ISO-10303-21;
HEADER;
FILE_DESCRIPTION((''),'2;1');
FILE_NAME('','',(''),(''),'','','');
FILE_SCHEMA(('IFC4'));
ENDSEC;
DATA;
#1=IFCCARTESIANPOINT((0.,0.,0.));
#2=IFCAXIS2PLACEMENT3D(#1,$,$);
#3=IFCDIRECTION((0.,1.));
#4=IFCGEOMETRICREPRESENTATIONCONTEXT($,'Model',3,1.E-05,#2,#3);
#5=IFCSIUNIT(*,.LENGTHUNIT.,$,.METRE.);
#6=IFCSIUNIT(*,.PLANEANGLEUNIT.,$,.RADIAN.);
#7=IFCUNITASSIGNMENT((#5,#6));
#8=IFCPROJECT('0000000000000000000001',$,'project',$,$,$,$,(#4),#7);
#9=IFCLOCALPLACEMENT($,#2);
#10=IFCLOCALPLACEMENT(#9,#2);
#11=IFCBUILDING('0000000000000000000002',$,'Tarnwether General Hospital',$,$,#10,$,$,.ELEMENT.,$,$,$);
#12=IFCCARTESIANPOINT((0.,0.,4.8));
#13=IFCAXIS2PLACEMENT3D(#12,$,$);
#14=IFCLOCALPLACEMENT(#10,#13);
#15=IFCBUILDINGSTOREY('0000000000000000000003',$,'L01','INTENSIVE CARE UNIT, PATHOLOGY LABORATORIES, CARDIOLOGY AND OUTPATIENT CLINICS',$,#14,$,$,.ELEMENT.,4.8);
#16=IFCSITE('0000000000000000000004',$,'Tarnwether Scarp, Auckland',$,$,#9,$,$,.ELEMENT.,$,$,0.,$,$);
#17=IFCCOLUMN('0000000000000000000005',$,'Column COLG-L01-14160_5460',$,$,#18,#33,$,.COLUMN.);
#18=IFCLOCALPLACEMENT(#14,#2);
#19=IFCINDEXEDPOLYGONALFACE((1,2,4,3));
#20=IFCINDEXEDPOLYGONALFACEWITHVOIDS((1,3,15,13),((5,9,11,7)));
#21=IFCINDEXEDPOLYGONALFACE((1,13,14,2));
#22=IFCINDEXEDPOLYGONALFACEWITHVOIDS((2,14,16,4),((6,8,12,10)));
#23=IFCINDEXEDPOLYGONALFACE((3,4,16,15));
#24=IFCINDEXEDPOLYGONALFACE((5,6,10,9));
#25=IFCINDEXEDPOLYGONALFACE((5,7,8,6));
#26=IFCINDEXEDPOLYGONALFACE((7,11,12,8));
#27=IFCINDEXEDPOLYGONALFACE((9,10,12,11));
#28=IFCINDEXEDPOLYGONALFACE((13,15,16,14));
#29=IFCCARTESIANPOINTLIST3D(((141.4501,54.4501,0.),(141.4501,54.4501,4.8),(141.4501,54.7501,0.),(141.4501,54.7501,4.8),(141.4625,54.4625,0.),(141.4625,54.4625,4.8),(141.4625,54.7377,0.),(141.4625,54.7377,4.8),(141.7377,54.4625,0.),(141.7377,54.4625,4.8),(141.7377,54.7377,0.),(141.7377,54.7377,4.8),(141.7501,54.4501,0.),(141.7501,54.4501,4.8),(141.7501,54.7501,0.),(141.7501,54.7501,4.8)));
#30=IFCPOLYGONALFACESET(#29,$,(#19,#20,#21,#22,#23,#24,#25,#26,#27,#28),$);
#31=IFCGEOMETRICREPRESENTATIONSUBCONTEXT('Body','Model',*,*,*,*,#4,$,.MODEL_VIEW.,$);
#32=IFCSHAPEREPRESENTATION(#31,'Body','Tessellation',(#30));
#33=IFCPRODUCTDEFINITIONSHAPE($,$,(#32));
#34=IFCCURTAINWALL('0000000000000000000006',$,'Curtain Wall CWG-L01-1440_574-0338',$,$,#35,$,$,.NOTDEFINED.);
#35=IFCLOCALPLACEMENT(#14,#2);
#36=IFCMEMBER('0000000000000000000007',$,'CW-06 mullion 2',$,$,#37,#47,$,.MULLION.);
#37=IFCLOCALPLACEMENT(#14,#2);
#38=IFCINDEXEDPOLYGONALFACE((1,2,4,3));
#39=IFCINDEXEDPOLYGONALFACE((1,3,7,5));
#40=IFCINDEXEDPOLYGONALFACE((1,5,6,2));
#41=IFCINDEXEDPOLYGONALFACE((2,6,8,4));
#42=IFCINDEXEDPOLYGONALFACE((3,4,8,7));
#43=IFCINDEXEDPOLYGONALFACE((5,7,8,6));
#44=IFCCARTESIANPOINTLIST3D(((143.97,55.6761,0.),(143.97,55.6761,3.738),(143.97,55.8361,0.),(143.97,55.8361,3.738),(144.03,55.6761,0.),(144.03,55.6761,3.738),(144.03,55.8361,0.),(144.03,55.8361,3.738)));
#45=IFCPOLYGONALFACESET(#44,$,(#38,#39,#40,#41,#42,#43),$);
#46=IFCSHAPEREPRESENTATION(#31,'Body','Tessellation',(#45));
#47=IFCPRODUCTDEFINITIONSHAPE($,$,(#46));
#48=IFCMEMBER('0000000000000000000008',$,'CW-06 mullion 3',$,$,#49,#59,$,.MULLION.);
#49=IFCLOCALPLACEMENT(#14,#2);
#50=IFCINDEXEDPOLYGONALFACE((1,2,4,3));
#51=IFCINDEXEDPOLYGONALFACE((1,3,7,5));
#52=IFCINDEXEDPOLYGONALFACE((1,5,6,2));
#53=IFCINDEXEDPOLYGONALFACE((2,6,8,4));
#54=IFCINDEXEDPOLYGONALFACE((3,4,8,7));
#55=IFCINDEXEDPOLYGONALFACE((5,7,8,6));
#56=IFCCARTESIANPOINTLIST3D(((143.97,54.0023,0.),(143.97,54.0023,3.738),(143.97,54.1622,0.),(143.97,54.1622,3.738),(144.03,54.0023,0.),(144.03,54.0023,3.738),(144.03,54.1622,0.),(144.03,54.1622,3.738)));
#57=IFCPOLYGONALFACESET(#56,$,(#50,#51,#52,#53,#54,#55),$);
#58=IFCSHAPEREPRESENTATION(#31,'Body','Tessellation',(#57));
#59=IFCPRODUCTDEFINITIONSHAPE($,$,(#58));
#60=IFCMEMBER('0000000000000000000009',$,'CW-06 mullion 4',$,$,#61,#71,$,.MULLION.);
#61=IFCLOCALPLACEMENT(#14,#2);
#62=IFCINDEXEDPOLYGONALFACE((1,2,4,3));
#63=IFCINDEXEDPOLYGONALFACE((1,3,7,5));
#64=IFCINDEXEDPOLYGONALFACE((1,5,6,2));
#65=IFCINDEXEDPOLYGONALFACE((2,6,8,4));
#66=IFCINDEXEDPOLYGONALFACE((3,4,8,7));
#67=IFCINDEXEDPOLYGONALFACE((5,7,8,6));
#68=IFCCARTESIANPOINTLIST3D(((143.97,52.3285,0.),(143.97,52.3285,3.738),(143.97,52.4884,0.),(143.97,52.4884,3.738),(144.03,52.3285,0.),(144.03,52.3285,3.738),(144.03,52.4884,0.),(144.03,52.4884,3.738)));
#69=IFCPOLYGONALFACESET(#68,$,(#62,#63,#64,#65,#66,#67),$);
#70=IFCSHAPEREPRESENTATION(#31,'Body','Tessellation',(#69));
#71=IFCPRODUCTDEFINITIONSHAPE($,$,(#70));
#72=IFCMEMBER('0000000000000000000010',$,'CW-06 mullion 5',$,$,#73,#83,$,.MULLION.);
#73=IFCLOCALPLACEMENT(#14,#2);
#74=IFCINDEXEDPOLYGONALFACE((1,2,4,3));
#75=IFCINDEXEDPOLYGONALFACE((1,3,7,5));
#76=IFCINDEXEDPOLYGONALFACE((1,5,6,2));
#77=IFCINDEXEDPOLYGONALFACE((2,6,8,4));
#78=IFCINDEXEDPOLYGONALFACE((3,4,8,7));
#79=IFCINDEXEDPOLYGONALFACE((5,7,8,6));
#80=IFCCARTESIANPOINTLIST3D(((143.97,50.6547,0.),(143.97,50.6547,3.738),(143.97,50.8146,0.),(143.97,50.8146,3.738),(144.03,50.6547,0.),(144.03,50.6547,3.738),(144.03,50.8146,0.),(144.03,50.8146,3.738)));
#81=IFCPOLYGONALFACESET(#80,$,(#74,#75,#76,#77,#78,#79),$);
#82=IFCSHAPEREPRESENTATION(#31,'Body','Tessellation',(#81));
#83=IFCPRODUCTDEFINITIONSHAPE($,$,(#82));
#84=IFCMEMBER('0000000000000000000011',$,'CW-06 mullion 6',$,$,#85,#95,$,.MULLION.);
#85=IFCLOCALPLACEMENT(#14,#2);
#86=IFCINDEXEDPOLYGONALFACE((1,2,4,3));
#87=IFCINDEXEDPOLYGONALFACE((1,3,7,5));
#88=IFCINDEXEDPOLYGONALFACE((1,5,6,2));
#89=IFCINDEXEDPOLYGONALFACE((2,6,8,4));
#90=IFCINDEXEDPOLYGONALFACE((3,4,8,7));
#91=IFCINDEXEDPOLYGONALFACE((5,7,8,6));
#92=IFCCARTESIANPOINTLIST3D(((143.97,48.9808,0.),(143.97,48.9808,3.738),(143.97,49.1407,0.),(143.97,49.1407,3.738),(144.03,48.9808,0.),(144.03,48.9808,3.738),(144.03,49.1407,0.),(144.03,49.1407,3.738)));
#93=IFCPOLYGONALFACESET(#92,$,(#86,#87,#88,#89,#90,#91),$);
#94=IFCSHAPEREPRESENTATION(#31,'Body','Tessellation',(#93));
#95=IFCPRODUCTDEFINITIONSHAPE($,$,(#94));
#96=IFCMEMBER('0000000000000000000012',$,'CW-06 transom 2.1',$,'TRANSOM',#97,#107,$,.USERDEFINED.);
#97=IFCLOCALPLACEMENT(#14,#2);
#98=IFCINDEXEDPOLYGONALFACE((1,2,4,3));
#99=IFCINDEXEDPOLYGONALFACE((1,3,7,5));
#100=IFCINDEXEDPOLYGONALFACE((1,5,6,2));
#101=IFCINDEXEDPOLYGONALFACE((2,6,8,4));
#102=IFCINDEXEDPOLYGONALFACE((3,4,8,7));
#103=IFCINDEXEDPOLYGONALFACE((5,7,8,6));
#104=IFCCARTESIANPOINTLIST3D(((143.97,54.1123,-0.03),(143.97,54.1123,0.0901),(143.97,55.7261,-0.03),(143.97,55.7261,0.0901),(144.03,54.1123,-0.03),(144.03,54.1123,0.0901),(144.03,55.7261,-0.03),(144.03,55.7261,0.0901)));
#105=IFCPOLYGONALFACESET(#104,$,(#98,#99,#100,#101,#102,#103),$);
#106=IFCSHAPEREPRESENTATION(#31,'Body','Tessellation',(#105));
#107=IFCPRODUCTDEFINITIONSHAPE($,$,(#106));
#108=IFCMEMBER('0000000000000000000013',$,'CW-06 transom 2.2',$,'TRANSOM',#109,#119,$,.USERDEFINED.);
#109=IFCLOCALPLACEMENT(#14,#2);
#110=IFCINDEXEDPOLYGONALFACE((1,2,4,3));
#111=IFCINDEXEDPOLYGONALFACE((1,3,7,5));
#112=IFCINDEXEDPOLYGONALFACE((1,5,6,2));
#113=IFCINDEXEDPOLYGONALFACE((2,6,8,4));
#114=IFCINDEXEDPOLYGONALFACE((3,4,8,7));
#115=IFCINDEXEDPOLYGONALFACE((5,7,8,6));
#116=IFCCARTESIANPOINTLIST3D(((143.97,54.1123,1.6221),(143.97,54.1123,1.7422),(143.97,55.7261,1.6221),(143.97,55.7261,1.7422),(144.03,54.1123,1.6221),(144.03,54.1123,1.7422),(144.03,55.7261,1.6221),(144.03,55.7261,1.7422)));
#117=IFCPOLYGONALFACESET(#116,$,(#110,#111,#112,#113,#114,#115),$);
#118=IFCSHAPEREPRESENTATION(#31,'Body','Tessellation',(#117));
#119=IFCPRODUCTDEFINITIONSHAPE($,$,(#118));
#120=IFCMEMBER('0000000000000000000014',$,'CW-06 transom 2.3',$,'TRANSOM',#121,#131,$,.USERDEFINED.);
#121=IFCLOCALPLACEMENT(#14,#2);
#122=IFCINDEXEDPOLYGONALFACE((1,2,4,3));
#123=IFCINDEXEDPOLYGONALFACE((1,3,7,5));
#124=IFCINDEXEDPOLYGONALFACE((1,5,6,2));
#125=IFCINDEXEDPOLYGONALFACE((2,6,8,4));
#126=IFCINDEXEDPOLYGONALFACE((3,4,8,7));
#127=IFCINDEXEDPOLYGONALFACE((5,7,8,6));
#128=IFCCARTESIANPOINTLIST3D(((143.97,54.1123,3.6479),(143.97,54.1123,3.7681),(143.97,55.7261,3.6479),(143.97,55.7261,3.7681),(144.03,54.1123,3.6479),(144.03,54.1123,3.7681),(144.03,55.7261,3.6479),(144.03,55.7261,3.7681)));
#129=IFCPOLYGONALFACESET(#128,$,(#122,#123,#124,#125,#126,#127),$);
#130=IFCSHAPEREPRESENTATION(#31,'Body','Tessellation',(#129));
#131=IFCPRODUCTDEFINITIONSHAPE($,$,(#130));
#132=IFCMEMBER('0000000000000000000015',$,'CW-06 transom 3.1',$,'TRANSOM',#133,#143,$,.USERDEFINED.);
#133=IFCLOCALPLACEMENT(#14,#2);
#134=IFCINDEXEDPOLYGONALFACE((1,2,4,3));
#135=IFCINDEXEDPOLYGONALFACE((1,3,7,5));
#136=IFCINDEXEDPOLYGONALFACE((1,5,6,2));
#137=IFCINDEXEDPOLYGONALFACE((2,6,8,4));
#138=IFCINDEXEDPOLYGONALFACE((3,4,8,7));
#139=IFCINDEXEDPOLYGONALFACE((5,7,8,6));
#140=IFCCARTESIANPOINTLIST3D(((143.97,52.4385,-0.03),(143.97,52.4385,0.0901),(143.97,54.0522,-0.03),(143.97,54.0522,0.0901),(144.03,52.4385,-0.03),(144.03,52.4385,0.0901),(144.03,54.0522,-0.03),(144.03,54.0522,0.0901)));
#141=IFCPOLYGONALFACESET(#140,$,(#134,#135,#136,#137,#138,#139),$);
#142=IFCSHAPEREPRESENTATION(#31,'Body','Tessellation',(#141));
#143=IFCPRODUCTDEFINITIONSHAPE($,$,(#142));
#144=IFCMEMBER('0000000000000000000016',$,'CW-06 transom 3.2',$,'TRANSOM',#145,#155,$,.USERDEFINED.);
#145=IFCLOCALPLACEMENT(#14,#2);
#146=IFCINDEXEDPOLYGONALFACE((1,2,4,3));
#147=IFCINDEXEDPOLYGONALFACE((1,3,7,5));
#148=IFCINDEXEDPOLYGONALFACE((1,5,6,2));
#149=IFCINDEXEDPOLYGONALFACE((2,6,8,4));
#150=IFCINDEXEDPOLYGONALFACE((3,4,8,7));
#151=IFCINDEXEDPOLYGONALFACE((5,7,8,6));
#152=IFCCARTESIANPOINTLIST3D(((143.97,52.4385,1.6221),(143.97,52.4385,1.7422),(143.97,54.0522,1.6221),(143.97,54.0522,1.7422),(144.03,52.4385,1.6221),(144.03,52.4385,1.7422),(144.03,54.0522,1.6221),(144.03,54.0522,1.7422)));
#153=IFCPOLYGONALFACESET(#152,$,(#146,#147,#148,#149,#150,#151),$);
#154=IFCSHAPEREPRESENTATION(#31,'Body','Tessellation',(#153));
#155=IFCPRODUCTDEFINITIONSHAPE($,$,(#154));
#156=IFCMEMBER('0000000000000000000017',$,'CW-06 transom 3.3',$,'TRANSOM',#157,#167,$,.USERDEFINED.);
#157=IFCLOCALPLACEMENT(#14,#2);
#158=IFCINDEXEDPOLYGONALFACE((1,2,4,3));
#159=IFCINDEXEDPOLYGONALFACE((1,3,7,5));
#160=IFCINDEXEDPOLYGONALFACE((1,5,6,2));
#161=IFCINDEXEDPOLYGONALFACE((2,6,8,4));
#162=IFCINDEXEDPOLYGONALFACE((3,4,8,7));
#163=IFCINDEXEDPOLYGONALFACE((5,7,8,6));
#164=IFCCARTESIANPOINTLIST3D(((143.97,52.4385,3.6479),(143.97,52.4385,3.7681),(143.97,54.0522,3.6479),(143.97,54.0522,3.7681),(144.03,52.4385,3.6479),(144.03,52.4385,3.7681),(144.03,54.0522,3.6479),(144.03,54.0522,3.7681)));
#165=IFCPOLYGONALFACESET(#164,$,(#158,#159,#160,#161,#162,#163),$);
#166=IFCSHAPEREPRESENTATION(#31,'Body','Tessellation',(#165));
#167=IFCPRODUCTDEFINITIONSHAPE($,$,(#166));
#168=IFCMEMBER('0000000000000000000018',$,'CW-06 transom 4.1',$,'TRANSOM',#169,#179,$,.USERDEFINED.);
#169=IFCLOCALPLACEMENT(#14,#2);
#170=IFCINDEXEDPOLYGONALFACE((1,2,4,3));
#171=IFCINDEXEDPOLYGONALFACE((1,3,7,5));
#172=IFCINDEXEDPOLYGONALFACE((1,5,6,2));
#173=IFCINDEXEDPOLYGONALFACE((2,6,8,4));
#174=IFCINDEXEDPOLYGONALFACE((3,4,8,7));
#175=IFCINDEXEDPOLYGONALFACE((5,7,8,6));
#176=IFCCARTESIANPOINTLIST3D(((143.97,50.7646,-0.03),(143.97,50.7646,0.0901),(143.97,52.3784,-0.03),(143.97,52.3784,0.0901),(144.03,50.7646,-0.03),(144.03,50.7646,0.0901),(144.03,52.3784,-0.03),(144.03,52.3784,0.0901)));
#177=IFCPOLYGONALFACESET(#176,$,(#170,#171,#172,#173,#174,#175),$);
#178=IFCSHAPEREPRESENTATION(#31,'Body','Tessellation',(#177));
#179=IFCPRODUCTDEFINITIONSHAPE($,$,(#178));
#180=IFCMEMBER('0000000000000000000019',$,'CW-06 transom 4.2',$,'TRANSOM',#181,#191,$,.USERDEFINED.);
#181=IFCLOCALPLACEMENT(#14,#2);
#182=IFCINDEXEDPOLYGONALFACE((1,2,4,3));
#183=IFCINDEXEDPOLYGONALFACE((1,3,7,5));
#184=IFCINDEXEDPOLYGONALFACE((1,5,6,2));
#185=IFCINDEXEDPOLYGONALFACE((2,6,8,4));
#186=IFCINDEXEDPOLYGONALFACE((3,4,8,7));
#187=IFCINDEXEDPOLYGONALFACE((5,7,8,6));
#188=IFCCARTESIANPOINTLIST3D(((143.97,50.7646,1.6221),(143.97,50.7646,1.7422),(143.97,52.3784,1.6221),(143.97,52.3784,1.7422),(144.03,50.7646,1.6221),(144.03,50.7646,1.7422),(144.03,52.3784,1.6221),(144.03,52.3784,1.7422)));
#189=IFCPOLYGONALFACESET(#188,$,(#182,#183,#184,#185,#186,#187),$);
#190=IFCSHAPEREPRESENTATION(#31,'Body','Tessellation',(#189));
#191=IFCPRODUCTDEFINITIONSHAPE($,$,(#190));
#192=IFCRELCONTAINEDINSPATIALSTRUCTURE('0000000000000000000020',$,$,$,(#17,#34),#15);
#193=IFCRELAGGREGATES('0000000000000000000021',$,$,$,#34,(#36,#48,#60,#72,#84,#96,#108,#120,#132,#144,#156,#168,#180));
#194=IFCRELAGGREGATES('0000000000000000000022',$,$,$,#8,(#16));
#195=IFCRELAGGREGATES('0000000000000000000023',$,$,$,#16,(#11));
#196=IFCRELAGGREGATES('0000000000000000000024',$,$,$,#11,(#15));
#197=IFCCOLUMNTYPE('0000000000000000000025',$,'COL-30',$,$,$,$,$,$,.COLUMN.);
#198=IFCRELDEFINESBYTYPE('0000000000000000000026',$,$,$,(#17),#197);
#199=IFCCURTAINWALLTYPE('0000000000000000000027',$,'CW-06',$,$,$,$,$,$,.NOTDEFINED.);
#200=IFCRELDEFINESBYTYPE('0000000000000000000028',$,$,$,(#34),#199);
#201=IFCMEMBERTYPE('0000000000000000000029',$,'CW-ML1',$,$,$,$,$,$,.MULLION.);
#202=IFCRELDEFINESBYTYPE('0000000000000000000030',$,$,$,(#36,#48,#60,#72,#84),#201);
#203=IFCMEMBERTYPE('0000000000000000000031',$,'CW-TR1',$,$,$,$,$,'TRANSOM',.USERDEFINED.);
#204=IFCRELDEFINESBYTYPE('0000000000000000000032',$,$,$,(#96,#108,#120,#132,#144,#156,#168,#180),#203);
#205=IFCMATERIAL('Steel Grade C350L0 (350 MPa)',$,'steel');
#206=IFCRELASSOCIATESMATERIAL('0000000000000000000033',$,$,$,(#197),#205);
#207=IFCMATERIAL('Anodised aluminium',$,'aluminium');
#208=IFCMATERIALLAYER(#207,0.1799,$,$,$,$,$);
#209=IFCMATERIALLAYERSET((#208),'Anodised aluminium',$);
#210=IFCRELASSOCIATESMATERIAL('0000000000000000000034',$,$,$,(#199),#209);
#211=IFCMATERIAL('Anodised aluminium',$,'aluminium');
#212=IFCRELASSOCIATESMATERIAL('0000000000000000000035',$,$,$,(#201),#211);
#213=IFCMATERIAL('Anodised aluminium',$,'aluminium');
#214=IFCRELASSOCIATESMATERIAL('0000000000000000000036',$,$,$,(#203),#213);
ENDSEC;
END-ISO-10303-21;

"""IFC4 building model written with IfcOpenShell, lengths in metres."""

from ifc_helpers import new_model, si_unit, direction, frame, origin, origin_2d, place, context, subcontext, project, spatial, rectangle, hollow_rectangle, extrude, material, layer, layer_set, material_profile, profile_set, type_object, element, aggregate, save


model = new_model("IFC4")

# Units and contexts
model_context = context("Model", 3, precision=1e-05, world=origin(), true_north=direction((0.0, 1.0)))
body_context = subcontext(model_context, "Body", "Model", "MODEL_VIEW")
ifc_project = project(units=[si_unit("LENGTHUNIT", "METRE"), si_unit("PLANEANGLEUNIT", "RADIAN")], contexts=[model_context])

# Site, building, storey
site_placement = place(None, origin())
site = spatial("IfcSite", under=ifc_project, at=site_placement, Name="Tarnwether Scarp, Auckland", CompositionType="ELEMENT", RefElevation=0.0)
building_placement = place(site_placement, origin())
building = spatial("IfcBuilding", under=site, at=building_placement, Name="Tarnwether General Hospital", CompositionType="ELEMENT")
storey_placement = place(building_placement, frame((0.0, 0.0, 4.8)))
storey = spatial("IfcBuildingStorey", under=building, at=storey_placement, Name="L01", Description="INTENSIVE CARE UNIT, PATHOLOGY LABORATORIES, CARDIOLOGY AND OUTPATIENT CLINICS", CompositionType="ELEMENT", Elevation=4.8)

# Column
ifc_material_1 = material(Name="Steel Grade C350L0 (350 MPa)", Category="steel")
ifc_material_profile_1 = material_profile(ifc_material_1, hollow_rectangle(XDim=0.3, YDim=0.3, WallThickness=0.0125, at=origin_2d()), Name="SHS300x300x12.5")
ifc_profile_set_1 = profile_set([ifc_material_profile_1], Name="Steel Grade C350L0 (350 MPa)")
column_type = type_object("IfcColumnType", Name="COL-30", PredefinedType="COLUMN", material=ifc_profile_set_1)
column_placement = place(storey_placement, frame((141.6001, 54.6001, 0.0), z_axis=(0.0, 0.0, 1.0), x_axis=(1.0, 0.0, 0.0)))
element("IfcColumn", 1, at=column_placement, inside=storey, type_object=column_type, Name="Column COLG-L01-14160_5460", PredefinedType="COLUMN", context=body_context, shape_type="SweptSolid", body=[
    extrude(hollow_rectangle(XDim=0.3, YDim=0.3, WallThickness=0.0125, at=origin_2d()), origin(), (0.0, 0.0, 1.0), 4.8),
])

# Curtain wall, members
ifc_material_2 = material(Name="Anodised aluminium", Category="aluminium")
ifc_layer_1 = layer(ifc_material_2, 0.1799)
ifc_layer_set_1 = layer_set([ifc_layer_1], Name="Anodised aluminium")
curtain_wall_type = type_object("IfcCurtainWallType", Name="CW-06", PredefinedType="NOTDEFINED", material=ifc_layer_set_1)
curtain_wall_placement = place(storey_placement, origin())
curtain_wall = element("IfcCurtainWall", 2, at=curtain_wall_placement, inside=storey, type_object=curtain_wall_type, Name="Curtain Wall CWG-L01-1440_574-0338", PredefinedType="NOTDEFINED")
ifc_material_3 = material(Name="Anodised aluminium", Category="aluminium")
ifc_material_profile_2 = material_profile(ifc_material_3, rectangle(XDim=0.0601, YDim=0.1599, at=origin_2d()), Name="ALU-MUL-60x160")
ifc_profile_set_2 = profile_set([ifc_material_profile_2], Name="Anodised aluminium")
member_type_1 = type_object("IfcMemberType", Name="CW-ML1", PredefinedType="MULLION", material=ifc_profile_set_2)
member_1_placement = place(storey_placement, frame((144.0, 55.7561, 0.0), z_axis=(0.0, 0.0, 1.0), x_axis=(1.0, 0.0, 0.0)))
member_1 = element("IfcMember", 3, at=member_1_placement, type_object=member_type_1, Name="CW-06 mullion 2", PredefinedType="MULLION", context=body_context, shape_type="SweptSolid", body=[
    extrude(rectangle(XDim=0.0601, YDim=0.1599, at=origin_2d()), origin(), (0.0, 0.0, 1.0), 3.738),
])
member_2_placement = place(storey_placement, frame((144.0, 54.0823, 0.0), z_axis=(0.0, 0.0, 1.0), x_axis=(1.0, 0.0, 0.0)))
member_2 = element("IfcMember", 4, at=member_2_placement, type_object=member_type_1, Name="CW-06 mullion 3", PredefinedType="MULLION", context=body_context, shape_type="SweptSolid", body=[
    extrude(rectangle(XDim=0.0601, YDim=0.1599, at=origin_2d()), origin(), (0.0, 0.0, 1.0), 3.738),
])
member_3_placement = place(storey_placement, frame((144.0, 52.4084, 0.0), z_axis=(0.0, 0.0, 1.0), x_axis=(1.0, 0.0, 0.0)))
member_3 = element("IfcMember", 5, at=member_3_placement, type_object=member_type_1, Name="CW-06 mullion 4", PredefinedType="MULLION", context=body_context, shape_type="SweptSolid", body=[
    extrude(rectangle(XDim=0.0601, YDim=0.1599, at=origin_2d()), origin(), (0.0, 0.0, 1.0), 3.738),
])
member_4_placement = place(storey_placement, frame((144.0, 50.7346, 0.0), z_axis=(0.0, 0.0, 1.0), x_axis=(1.0, 0.0, 0.0)))
member_4 = element("IfcMember", 6, at=member_4_placement, type_object=member_type_1, Name="CW-06 mullion 5", PredefinedType="MULLION", context=body_context, shape_type="SweptSolid", body=[
    extrude(rectangle(XDim=0.0601, YDim=0.1599, at=origin_2d()), origin(), (0.0, 0.0, 1.0), 3.738),
])
member_5_placement = place(storey_placement, frame((144.0, 49.0608, 0.0), z_axis=(0.0, 0.0, 1.0), x_axis=(1.0, 0.0, 0.0)))
member_5 = element("IfcMember", 7, at=member_5_placement, type_object=member_type_1, Name="CW-06 mullion 6", PredefinedType="MULLION", context=body_context, shape_type="SweptSolid", body=[
    extrude(rectangle(XDim=0.0601, YDim=0.1599, at=origin_2d()), origin(), (0.0, 0.0, 1.0), 3.738),
])
ifc_material_4 = material(Name="Anodised aluminium", Category="aluminium")
ifc_material_profile_3 = material_profile(ifc_material_4, rectangle(XDim=0.0601, YDim=0.1201, at=origin_2d()), Name="ALU-TRN-60x120")
ifc_profile_set_3 = profile_set([ifc_material_profile_3], Name="Anodised aluminium")
member_type_2 = type_object("IfcMemberType", Name="CW-TR1", ElementType="TRANSOM", PredefinedType="USERDEFINED", material=ifc_profile_set_3)
member_6_placement = place(storey_placement, frame((144.0, 55.7261, 0.03), z_axis=(0.0, -1.0, 0.0), x_axis=(1.0, 0.0, 0.0)))
member_6 = element("IfcMember", 8, at=member_6_placement, type_object=member_type_2, Name="CW-06 transom 2.1", ObjectType="TRANSOM", PredefinedType="USERDEFINED", context=body_context, shape_type="SweptSolid", body=[
    extrude(rectangle(XDim=0.0601, YDim=0.1201, at=origin_2d()), origin(), (0.0, 0.0, 1.0), 1.6138),
])
member_7_placement = place(storey_placement, frame((144.0, 55.7261, 1.6821), z_axis=(0.0, -1.0, 0.0), x_axis=(1.0, 0.0, 0.0)))
member_7 = element("IfcMember", 9, at=member_7_placement, type_object=member_type_2, Name="CW-06 transom 2.2", ObjectType="TRANSOM", PredefinedType="USERDEFINED", context=body_context, shape_type="SweptSolid", body=[
    extrude(rectangle(XDim=0.0601, YDim=0.1201, at=origin_2d()), origin(), (0.0, 0.0, 1.0), 1.6138),
])
member_8_placement = place(storey_placement, frame((144.0, 55.7261, 3.708), z_axis=(0.0, -1.0, 0.0), x_axis=(1.0, 0.0, 0.0)))
member_8 = element("IfcMember", 10, at=member_8_placement, type_object=member_type_2, Name="CW-06 transom 2.3", ObjectType="TRANSOM", PredefinedType="USERDEFINED", context=body_context, shape_type="SweptSolid", body=[
    extrude(rectangle(XDim=0.0601, YDim=0.1201, at=origin_2d()), origin(), (0.0, 0.0, 1.0), 1.6138),
])
member_9_placement = place(storey_placement, frame((144.0, 54.0522, 0.03), z_axis=(0.0, -1.0, 0.0), x_axis=(1.0, 0.0, 0.0)))
member_9 = element("IfcMember", 11, at=member_9_placement, type_object=member_type_2, Name="CW-06 transom 3.1", ObjectType="TRANSOM", PredefinedType="USERDEFINED", context=body_context, shape_type="SweptSolid", body=[
    extrude(rectangle(XDim=0.0601, YDim=0.1201, at=origin_2d()), origin(), (0.0, 0.0, 1.0), 1.6138),
])
member_10_placement = place(storey_placement, frame((144.0, 54.0522, 1.6821), z_axis=(0.0, -1.0, 0.0), x_axis=(1.0, 0.0, 0.0)))
member_10 = element("IfcMember", 12, at=member_10_placement, type_object=member_type_2, Name="CW-06 transom 3.2", ObjectType="TRANSOM", PredefinedType="USERDEFINED", context=body_context, shape_type="SweptSolid", body=[
    extrude(rectangle(XDim=0.0601, YDim=0.1201, at=origin_2d()), origin(), (0.0, 0.0, 1.0), 1.6138),
])
member_11_placement = place(storey_placement, frame((144.0, 54.0522, 3.708), z_axis=(0.0, -1.0, 0.0), x_axis=(1.0, 0.0, 0.0)))
member_11 = element("IfcMember", 13, at=member_11_placement, type_object=member_type_2, Name="CW-06 transom 3.3", ObjectType="TRANSOM", PredefinedType="USERDEFINED", context=body_context, shape_type="SweptSolid", body=[
    extrude(rectangle(XDim=0.0601, YDim=0.1201, at=origin_2d()), origin(), (0.0, 0.0, 1.0), 1.6138),
])
member_12_placement = place(storey_placement, frame((144.0, 52.3784, 0.03), z_axis=(0.0, -1.0, 0.0), x_axis=(1.0, 0.0, 0.0)))
member_12 = element("IfcMember", 14, at=member_12_placement, type_object=member_type_2, Name="CW-06 transom 4.1", ObjectType="TRANSOM", PredefinedType="USERDEFINED", context=body_context, shape_type="SweptSolid", body=[
    extrude(rectangle(XDim=0.0601, YDim=0.1201, at=origin_2d()), origin(), (0.0, 0.0, 1.0), 1.6138),
])
member_13_placement = place(storey_placement, frame((144.0, 52.3784, 1.6821), z_axis=(0.0, -1.0, 0.0), x_axis=(1.0, 0.0, 0.0)))
member_13 = element("IfcMember", 15, at=member_13_placement, type_object=member_type_2, Name="CW-06 transom 4.2", ObjectType="TRANSOM", PredefinedType="USERDEFINED", context=body_context, shape_type="SweptSolid", body=[
    extrude(rectangle(XDim=0.0601, YDim=0.1201, at=origin_2d()), origin(), (0.0, 0.0, 1.0), 1.6138),
])
aggregate(curtain_wall, [member_1, member_2, member_3, member_4, member_5, member_6, member_7, member_8, member_9, member_10, member_11, member_12, member_13])

save(model, "model.ifc")
